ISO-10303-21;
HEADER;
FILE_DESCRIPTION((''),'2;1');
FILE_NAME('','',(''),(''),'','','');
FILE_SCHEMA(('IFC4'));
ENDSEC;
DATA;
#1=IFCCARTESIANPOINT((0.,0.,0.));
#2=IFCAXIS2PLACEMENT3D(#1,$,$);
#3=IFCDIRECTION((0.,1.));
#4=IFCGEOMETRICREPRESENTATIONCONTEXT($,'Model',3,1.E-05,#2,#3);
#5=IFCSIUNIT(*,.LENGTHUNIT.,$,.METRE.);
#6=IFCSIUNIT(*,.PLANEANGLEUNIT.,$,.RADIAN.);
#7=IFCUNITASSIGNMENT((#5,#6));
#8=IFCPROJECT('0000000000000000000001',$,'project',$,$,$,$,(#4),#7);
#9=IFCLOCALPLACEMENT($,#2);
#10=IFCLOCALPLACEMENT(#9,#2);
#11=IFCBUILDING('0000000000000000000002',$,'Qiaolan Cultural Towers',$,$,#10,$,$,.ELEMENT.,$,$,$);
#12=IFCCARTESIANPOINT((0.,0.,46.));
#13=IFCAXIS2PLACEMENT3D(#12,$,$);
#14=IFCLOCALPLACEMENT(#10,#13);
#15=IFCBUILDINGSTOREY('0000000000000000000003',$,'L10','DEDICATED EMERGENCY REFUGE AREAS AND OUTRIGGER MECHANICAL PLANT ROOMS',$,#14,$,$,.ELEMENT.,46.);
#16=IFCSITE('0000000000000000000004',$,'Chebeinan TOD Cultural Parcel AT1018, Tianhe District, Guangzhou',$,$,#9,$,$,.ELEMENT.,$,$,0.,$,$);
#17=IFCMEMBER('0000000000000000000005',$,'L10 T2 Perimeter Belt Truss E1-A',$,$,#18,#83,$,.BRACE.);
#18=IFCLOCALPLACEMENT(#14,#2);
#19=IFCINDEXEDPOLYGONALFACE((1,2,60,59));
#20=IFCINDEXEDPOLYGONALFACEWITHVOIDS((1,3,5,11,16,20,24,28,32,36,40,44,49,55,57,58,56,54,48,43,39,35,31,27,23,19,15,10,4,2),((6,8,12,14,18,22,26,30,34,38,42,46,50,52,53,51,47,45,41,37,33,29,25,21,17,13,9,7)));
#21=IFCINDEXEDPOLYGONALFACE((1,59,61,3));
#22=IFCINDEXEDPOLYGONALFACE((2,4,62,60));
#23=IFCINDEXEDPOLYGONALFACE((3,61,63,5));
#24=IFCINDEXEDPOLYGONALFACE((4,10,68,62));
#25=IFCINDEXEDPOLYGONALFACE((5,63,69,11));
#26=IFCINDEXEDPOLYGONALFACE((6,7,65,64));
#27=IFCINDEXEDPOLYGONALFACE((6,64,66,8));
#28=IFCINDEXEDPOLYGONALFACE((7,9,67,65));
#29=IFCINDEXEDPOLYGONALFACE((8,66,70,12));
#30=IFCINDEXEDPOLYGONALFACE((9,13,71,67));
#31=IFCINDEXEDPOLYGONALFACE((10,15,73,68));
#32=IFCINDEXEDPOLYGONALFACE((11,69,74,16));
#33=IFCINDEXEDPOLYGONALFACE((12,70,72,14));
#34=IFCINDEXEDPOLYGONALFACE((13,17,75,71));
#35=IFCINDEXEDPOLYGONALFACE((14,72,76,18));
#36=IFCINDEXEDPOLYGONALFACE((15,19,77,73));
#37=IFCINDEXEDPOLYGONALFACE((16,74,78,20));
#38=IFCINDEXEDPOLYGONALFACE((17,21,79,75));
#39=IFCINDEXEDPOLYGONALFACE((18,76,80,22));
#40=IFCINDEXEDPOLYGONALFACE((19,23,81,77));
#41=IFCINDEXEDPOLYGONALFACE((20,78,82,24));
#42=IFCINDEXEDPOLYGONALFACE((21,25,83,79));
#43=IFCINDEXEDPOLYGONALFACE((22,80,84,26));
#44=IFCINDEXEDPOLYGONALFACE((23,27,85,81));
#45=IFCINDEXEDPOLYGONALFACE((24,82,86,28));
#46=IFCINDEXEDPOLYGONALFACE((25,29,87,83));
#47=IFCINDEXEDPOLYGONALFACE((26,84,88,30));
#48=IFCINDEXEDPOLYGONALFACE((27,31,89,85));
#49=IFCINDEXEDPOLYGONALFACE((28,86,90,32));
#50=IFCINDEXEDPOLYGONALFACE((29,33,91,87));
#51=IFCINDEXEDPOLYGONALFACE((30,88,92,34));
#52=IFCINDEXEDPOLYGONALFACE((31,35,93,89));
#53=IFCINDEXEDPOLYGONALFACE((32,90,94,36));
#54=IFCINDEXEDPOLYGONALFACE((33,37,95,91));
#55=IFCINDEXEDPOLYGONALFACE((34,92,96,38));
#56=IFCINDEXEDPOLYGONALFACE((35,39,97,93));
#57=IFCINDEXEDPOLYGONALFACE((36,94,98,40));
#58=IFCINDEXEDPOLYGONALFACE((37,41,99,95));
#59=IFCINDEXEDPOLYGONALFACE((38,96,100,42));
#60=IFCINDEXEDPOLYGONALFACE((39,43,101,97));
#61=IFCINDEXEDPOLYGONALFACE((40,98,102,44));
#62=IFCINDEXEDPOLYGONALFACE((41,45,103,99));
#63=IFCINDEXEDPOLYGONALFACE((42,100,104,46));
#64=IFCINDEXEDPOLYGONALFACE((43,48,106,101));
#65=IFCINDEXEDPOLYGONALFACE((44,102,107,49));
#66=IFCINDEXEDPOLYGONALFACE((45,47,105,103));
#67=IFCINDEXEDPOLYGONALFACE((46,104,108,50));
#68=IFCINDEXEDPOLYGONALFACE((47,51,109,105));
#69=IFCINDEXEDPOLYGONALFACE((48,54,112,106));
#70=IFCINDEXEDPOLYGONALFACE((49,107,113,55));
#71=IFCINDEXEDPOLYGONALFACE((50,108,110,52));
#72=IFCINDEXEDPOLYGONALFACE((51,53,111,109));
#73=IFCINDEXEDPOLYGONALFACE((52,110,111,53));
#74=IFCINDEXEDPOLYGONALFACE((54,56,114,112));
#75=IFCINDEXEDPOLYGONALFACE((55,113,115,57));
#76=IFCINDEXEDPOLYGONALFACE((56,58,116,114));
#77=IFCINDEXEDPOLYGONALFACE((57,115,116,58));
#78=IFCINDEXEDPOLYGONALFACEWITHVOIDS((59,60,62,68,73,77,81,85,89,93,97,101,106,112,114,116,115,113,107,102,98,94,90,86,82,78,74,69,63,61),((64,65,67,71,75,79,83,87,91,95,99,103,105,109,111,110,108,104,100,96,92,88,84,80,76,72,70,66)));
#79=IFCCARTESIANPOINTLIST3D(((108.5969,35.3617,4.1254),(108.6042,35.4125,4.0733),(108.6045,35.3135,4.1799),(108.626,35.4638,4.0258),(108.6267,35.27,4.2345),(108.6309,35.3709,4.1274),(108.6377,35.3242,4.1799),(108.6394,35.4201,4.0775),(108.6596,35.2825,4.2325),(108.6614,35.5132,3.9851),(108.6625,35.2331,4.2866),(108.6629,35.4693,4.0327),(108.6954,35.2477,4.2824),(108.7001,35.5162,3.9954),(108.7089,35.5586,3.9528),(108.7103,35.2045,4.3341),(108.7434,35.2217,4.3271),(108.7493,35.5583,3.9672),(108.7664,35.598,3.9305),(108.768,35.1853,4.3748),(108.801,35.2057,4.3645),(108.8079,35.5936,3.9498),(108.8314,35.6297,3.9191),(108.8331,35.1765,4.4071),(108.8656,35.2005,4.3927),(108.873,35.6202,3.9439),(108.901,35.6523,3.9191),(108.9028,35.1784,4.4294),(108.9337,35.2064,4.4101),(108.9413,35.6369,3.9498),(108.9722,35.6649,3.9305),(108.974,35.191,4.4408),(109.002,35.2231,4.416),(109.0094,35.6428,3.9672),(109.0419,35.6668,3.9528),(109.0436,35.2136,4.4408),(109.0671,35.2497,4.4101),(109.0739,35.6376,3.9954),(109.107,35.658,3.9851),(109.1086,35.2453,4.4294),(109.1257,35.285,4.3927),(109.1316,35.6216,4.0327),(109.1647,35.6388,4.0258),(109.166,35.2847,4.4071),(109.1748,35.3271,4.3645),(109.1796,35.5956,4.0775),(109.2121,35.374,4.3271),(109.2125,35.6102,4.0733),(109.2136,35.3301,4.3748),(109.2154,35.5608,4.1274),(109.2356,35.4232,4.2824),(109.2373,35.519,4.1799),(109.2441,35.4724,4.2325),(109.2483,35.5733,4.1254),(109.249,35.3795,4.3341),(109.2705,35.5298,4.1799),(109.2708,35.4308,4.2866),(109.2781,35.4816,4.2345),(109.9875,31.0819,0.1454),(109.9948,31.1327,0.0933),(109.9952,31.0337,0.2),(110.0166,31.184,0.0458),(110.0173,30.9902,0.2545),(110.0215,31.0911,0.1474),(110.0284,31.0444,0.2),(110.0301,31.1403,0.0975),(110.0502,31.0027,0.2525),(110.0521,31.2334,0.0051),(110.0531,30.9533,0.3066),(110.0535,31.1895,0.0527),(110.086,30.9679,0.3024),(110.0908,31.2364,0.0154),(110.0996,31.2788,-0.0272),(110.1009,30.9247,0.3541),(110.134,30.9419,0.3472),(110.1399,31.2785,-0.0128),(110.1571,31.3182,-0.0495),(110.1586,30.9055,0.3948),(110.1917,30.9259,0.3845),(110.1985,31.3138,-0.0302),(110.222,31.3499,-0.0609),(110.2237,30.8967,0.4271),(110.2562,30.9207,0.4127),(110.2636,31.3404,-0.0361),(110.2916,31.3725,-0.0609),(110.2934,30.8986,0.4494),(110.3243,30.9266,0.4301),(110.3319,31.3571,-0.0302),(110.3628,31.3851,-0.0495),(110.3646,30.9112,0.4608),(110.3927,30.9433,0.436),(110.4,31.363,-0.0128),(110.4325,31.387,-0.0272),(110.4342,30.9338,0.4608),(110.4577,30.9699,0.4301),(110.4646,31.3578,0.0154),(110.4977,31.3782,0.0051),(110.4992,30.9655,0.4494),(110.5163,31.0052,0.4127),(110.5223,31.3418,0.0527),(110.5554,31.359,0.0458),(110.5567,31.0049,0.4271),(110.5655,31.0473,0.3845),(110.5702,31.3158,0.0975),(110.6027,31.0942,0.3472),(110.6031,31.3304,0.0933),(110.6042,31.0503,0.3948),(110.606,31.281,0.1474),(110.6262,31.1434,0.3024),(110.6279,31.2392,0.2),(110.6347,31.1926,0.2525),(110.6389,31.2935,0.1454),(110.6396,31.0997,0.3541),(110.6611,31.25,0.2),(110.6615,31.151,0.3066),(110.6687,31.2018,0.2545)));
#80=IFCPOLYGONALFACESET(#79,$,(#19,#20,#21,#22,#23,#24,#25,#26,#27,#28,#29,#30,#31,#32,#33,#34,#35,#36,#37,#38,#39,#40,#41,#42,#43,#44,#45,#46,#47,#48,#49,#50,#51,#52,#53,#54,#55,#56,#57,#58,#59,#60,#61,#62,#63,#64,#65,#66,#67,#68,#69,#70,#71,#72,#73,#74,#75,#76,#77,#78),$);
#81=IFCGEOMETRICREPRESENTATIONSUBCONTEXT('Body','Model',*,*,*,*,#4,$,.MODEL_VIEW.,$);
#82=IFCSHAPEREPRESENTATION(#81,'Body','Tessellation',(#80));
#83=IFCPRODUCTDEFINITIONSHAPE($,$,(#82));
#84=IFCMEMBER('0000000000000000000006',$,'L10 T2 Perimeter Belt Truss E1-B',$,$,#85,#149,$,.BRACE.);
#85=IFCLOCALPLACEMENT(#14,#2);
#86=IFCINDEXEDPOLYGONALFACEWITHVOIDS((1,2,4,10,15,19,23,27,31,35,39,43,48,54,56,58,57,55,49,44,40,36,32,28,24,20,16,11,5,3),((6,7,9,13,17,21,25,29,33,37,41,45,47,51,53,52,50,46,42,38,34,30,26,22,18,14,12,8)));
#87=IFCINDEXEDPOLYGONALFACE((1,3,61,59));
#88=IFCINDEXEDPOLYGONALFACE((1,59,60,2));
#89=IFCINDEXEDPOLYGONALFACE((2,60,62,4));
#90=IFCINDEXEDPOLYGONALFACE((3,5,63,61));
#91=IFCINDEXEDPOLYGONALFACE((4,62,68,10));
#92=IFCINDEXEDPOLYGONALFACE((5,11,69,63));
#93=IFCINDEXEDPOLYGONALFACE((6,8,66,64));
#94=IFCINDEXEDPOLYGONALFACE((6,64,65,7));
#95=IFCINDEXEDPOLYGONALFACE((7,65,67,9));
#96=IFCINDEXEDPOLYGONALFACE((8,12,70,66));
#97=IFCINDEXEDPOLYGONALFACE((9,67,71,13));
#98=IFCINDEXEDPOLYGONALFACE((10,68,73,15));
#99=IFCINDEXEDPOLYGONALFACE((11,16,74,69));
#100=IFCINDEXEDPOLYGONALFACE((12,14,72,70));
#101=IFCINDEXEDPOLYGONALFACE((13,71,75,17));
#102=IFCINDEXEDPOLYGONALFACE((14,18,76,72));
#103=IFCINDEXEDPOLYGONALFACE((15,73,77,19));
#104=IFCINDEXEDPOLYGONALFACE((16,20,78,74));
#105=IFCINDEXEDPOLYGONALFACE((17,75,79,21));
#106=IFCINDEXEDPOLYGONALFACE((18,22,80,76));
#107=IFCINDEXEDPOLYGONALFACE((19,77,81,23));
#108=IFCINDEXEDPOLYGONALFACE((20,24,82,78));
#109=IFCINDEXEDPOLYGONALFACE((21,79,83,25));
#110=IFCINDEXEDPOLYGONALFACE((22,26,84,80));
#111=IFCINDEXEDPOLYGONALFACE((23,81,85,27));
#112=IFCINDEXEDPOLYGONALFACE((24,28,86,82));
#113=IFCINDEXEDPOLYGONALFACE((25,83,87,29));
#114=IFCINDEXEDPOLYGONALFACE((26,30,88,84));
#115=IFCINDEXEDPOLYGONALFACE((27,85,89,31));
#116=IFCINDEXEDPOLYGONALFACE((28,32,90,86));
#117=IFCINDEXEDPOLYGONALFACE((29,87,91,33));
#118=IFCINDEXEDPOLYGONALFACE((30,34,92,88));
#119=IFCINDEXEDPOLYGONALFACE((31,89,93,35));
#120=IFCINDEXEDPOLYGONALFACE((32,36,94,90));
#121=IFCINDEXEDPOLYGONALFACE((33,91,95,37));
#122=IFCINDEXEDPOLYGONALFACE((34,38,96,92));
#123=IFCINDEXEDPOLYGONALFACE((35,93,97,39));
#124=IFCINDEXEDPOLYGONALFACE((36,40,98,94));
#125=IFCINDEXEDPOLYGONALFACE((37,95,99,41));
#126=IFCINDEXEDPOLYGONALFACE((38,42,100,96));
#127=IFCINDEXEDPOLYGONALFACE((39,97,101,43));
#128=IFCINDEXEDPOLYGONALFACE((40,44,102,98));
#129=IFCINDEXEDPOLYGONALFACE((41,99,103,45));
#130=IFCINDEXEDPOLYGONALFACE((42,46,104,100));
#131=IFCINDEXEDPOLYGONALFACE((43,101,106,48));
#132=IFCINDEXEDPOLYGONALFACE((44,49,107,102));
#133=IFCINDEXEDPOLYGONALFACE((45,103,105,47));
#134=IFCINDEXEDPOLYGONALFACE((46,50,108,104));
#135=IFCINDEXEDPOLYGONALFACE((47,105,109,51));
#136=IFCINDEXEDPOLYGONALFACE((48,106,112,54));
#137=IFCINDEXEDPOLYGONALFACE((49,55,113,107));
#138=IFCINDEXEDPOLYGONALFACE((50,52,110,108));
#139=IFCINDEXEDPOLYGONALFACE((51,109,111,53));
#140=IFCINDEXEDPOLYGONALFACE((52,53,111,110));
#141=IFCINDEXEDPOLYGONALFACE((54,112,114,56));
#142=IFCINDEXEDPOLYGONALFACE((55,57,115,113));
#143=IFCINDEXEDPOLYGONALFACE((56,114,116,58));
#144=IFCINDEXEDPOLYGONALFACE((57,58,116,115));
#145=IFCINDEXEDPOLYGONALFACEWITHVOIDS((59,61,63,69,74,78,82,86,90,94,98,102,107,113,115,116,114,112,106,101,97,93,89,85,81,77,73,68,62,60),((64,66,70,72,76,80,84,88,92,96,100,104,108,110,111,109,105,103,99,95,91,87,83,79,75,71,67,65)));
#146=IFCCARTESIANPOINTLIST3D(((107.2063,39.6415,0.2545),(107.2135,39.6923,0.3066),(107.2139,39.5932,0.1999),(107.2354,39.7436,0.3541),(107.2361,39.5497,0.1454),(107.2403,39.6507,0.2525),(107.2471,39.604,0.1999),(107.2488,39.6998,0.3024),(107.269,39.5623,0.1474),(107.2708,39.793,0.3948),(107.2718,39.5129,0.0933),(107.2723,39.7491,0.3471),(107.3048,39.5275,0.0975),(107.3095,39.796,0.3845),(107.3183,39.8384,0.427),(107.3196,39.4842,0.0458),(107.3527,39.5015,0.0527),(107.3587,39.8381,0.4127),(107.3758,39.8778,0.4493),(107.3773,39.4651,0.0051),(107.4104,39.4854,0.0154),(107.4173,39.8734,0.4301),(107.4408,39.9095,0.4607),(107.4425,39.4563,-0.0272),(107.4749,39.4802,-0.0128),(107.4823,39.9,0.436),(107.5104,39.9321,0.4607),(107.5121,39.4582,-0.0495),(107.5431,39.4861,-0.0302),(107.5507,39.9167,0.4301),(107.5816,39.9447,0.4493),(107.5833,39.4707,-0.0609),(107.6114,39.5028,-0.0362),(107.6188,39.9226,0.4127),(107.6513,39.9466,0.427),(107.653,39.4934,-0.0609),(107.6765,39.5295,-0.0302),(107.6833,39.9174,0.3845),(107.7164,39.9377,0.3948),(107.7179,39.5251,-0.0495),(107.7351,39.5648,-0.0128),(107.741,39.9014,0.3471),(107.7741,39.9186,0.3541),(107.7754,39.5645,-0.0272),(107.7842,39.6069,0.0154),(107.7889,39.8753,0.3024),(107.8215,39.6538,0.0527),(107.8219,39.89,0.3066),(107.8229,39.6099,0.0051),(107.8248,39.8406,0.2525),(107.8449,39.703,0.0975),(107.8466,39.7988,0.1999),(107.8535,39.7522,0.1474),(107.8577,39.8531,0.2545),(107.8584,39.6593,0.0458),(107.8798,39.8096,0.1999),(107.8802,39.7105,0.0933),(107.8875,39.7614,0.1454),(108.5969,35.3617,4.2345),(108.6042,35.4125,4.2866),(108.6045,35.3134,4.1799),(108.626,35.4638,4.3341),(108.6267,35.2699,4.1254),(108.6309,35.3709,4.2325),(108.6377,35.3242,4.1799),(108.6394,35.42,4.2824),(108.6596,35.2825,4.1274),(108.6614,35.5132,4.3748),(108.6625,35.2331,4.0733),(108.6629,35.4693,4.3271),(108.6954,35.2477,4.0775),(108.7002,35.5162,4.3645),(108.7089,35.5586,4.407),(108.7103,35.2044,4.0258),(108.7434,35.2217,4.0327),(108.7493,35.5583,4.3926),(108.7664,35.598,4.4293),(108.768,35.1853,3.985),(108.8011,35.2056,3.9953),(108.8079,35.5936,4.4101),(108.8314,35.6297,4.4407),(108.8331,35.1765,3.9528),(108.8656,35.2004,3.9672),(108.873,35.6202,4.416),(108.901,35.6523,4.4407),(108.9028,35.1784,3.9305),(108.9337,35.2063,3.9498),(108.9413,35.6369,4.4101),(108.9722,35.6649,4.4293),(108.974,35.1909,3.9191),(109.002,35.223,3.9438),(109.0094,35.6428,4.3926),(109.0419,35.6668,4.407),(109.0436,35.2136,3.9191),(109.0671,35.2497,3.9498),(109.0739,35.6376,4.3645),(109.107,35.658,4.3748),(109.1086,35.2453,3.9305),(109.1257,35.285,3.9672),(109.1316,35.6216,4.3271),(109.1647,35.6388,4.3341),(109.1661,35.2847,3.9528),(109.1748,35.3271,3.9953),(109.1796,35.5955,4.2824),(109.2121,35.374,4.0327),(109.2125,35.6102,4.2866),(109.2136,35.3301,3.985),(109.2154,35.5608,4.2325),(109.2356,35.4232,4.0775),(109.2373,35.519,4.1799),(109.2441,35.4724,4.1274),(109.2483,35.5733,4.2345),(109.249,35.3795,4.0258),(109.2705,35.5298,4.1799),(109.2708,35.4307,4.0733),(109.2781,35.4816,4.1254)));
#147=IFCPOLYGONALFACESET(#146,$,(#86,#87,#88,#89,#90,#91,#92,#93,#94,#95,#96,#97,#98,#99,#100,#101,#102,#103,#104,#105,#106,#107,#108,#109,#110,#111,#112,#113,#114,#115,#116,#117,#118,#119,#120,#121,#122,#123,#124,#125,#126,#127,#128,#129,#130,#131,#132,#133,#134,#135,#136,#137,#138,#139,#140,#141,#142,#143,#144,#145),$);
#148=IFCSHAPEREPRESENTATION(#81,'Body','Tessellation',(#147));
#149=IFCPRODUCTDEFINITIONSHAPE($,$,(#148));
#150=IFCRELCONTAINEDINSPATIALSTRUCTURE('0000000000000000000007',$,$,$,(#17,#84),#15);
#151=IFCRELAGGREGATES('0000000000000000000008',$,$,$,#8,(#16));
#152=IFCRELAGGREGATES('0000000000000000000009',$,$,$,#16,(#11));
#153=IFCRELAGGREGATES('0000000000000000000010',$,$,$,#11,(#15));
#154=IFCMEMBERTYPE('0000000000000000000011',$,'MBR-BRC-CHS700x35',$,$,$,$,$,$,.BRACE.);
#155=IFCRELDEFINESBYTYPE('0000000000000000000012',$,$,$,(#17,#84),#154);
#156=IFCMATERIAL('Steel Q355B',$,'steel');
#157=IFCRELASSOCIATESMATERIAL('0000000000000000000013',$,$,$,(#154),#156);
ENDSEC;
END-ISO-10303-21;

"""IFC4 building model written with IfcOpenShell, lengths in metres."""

from ifc_helpers import new_model, si_unit, direction, frame, origin, origin_2d, place, context, subcontext, project, spatial, hollow_circle, extrude, material, material_profile, profile_set, type_object, element, save


model = new_model("IFC4")

# Units and contexts
model_context = context("Model", 3, precision=1e-05, world=origin(), true_north=direction((0.0, 1.0)))
body_context = subcontext(model_context, "Body", "Model", "MODEL_VIEW")
ifc_project = project(units=[si_unit("LENGTHUNIT", "METRE"), si_unit("PLANEANGLEUNIT", "RADIAN")], contexts=[model_context])

# Site, building, storey
site_placement = place(None, origin())
site = spatial("IfcSite", under=ifc_project, at=site_placement, Name="Chebeinan TOD Cultural Parcel AT1018, Tianhe District, Guangzhou", CompositionType="ELEMENT", RefElevation=0.0)
building_placement = place(site_placement, origin())
building = spatial("IfcBuilding", under=site, at=building_placement, Name="Qiaolan Cultural Towers", CompositionType="ELEMENT")
storey_placement = place(building_placement, frame((0.0, 0.0, 46.0)))
storey = spatial("IfcBuildingStorey", under=building, at=storey_placement, Name="L10", Description="DEDICATED EMERGENCY REFUGE AREAS AND OUTRIGGER MECHANICAL PLANT ROOMS", CompositionType="ELEMENT", Elevation=46.0)

# Members
ifc_material_1 = material(Name="Steel Q355B", Category="steel")
ifc_material_profile_1 = material_profile(ifc_material_1, hollow_circle(Radius=0.3501, WallThickness=0.0349, at=origin_2d()), Name="CHS700x35")
ifc_profile_set_1 = profile_set([ifc_material_profile_1], Name="Steel Q355B")
member_type_1 = type_object("IfcMemberType", Name="MBR-BRC-CHS700x35", PredefinedType="BRACE", material=ifc_profile_set_1)
for number, where, z_axis, x_axis, name in (
    (1, (110.3281, 31.1418, 0.2), (-0.23148, 0.712401, 0.662497), (-0.951054, -0.309025, 0.0), "L10 T2 Perimeter Belt Truss E1-A"),
    (2, (108.9375, 35.4216, 4.1799), (-0.23148, 0.712401, -0.662497), (-0.951054, -0.309025, 0.0), "L10 T2 Perimeter Belt Truss E1-B"),
):
    element("IfcMember", number, at=place(storey_placement, frame(where, z_axis=z_axis, x_axis=x_axis)), inside=storey, type_object=member_type_1, Name=name, PredefinedType="BRACE", context=body_context, shape_type="SweptSolid", body=[
        extrude(hollow_circle(Radius=0.3501, WallThickness=0.0349, at=origin_2d()), origin(), (0.0, 0.0, 1.0), 6.0076),
    ])

save(model, "model.ifc")
